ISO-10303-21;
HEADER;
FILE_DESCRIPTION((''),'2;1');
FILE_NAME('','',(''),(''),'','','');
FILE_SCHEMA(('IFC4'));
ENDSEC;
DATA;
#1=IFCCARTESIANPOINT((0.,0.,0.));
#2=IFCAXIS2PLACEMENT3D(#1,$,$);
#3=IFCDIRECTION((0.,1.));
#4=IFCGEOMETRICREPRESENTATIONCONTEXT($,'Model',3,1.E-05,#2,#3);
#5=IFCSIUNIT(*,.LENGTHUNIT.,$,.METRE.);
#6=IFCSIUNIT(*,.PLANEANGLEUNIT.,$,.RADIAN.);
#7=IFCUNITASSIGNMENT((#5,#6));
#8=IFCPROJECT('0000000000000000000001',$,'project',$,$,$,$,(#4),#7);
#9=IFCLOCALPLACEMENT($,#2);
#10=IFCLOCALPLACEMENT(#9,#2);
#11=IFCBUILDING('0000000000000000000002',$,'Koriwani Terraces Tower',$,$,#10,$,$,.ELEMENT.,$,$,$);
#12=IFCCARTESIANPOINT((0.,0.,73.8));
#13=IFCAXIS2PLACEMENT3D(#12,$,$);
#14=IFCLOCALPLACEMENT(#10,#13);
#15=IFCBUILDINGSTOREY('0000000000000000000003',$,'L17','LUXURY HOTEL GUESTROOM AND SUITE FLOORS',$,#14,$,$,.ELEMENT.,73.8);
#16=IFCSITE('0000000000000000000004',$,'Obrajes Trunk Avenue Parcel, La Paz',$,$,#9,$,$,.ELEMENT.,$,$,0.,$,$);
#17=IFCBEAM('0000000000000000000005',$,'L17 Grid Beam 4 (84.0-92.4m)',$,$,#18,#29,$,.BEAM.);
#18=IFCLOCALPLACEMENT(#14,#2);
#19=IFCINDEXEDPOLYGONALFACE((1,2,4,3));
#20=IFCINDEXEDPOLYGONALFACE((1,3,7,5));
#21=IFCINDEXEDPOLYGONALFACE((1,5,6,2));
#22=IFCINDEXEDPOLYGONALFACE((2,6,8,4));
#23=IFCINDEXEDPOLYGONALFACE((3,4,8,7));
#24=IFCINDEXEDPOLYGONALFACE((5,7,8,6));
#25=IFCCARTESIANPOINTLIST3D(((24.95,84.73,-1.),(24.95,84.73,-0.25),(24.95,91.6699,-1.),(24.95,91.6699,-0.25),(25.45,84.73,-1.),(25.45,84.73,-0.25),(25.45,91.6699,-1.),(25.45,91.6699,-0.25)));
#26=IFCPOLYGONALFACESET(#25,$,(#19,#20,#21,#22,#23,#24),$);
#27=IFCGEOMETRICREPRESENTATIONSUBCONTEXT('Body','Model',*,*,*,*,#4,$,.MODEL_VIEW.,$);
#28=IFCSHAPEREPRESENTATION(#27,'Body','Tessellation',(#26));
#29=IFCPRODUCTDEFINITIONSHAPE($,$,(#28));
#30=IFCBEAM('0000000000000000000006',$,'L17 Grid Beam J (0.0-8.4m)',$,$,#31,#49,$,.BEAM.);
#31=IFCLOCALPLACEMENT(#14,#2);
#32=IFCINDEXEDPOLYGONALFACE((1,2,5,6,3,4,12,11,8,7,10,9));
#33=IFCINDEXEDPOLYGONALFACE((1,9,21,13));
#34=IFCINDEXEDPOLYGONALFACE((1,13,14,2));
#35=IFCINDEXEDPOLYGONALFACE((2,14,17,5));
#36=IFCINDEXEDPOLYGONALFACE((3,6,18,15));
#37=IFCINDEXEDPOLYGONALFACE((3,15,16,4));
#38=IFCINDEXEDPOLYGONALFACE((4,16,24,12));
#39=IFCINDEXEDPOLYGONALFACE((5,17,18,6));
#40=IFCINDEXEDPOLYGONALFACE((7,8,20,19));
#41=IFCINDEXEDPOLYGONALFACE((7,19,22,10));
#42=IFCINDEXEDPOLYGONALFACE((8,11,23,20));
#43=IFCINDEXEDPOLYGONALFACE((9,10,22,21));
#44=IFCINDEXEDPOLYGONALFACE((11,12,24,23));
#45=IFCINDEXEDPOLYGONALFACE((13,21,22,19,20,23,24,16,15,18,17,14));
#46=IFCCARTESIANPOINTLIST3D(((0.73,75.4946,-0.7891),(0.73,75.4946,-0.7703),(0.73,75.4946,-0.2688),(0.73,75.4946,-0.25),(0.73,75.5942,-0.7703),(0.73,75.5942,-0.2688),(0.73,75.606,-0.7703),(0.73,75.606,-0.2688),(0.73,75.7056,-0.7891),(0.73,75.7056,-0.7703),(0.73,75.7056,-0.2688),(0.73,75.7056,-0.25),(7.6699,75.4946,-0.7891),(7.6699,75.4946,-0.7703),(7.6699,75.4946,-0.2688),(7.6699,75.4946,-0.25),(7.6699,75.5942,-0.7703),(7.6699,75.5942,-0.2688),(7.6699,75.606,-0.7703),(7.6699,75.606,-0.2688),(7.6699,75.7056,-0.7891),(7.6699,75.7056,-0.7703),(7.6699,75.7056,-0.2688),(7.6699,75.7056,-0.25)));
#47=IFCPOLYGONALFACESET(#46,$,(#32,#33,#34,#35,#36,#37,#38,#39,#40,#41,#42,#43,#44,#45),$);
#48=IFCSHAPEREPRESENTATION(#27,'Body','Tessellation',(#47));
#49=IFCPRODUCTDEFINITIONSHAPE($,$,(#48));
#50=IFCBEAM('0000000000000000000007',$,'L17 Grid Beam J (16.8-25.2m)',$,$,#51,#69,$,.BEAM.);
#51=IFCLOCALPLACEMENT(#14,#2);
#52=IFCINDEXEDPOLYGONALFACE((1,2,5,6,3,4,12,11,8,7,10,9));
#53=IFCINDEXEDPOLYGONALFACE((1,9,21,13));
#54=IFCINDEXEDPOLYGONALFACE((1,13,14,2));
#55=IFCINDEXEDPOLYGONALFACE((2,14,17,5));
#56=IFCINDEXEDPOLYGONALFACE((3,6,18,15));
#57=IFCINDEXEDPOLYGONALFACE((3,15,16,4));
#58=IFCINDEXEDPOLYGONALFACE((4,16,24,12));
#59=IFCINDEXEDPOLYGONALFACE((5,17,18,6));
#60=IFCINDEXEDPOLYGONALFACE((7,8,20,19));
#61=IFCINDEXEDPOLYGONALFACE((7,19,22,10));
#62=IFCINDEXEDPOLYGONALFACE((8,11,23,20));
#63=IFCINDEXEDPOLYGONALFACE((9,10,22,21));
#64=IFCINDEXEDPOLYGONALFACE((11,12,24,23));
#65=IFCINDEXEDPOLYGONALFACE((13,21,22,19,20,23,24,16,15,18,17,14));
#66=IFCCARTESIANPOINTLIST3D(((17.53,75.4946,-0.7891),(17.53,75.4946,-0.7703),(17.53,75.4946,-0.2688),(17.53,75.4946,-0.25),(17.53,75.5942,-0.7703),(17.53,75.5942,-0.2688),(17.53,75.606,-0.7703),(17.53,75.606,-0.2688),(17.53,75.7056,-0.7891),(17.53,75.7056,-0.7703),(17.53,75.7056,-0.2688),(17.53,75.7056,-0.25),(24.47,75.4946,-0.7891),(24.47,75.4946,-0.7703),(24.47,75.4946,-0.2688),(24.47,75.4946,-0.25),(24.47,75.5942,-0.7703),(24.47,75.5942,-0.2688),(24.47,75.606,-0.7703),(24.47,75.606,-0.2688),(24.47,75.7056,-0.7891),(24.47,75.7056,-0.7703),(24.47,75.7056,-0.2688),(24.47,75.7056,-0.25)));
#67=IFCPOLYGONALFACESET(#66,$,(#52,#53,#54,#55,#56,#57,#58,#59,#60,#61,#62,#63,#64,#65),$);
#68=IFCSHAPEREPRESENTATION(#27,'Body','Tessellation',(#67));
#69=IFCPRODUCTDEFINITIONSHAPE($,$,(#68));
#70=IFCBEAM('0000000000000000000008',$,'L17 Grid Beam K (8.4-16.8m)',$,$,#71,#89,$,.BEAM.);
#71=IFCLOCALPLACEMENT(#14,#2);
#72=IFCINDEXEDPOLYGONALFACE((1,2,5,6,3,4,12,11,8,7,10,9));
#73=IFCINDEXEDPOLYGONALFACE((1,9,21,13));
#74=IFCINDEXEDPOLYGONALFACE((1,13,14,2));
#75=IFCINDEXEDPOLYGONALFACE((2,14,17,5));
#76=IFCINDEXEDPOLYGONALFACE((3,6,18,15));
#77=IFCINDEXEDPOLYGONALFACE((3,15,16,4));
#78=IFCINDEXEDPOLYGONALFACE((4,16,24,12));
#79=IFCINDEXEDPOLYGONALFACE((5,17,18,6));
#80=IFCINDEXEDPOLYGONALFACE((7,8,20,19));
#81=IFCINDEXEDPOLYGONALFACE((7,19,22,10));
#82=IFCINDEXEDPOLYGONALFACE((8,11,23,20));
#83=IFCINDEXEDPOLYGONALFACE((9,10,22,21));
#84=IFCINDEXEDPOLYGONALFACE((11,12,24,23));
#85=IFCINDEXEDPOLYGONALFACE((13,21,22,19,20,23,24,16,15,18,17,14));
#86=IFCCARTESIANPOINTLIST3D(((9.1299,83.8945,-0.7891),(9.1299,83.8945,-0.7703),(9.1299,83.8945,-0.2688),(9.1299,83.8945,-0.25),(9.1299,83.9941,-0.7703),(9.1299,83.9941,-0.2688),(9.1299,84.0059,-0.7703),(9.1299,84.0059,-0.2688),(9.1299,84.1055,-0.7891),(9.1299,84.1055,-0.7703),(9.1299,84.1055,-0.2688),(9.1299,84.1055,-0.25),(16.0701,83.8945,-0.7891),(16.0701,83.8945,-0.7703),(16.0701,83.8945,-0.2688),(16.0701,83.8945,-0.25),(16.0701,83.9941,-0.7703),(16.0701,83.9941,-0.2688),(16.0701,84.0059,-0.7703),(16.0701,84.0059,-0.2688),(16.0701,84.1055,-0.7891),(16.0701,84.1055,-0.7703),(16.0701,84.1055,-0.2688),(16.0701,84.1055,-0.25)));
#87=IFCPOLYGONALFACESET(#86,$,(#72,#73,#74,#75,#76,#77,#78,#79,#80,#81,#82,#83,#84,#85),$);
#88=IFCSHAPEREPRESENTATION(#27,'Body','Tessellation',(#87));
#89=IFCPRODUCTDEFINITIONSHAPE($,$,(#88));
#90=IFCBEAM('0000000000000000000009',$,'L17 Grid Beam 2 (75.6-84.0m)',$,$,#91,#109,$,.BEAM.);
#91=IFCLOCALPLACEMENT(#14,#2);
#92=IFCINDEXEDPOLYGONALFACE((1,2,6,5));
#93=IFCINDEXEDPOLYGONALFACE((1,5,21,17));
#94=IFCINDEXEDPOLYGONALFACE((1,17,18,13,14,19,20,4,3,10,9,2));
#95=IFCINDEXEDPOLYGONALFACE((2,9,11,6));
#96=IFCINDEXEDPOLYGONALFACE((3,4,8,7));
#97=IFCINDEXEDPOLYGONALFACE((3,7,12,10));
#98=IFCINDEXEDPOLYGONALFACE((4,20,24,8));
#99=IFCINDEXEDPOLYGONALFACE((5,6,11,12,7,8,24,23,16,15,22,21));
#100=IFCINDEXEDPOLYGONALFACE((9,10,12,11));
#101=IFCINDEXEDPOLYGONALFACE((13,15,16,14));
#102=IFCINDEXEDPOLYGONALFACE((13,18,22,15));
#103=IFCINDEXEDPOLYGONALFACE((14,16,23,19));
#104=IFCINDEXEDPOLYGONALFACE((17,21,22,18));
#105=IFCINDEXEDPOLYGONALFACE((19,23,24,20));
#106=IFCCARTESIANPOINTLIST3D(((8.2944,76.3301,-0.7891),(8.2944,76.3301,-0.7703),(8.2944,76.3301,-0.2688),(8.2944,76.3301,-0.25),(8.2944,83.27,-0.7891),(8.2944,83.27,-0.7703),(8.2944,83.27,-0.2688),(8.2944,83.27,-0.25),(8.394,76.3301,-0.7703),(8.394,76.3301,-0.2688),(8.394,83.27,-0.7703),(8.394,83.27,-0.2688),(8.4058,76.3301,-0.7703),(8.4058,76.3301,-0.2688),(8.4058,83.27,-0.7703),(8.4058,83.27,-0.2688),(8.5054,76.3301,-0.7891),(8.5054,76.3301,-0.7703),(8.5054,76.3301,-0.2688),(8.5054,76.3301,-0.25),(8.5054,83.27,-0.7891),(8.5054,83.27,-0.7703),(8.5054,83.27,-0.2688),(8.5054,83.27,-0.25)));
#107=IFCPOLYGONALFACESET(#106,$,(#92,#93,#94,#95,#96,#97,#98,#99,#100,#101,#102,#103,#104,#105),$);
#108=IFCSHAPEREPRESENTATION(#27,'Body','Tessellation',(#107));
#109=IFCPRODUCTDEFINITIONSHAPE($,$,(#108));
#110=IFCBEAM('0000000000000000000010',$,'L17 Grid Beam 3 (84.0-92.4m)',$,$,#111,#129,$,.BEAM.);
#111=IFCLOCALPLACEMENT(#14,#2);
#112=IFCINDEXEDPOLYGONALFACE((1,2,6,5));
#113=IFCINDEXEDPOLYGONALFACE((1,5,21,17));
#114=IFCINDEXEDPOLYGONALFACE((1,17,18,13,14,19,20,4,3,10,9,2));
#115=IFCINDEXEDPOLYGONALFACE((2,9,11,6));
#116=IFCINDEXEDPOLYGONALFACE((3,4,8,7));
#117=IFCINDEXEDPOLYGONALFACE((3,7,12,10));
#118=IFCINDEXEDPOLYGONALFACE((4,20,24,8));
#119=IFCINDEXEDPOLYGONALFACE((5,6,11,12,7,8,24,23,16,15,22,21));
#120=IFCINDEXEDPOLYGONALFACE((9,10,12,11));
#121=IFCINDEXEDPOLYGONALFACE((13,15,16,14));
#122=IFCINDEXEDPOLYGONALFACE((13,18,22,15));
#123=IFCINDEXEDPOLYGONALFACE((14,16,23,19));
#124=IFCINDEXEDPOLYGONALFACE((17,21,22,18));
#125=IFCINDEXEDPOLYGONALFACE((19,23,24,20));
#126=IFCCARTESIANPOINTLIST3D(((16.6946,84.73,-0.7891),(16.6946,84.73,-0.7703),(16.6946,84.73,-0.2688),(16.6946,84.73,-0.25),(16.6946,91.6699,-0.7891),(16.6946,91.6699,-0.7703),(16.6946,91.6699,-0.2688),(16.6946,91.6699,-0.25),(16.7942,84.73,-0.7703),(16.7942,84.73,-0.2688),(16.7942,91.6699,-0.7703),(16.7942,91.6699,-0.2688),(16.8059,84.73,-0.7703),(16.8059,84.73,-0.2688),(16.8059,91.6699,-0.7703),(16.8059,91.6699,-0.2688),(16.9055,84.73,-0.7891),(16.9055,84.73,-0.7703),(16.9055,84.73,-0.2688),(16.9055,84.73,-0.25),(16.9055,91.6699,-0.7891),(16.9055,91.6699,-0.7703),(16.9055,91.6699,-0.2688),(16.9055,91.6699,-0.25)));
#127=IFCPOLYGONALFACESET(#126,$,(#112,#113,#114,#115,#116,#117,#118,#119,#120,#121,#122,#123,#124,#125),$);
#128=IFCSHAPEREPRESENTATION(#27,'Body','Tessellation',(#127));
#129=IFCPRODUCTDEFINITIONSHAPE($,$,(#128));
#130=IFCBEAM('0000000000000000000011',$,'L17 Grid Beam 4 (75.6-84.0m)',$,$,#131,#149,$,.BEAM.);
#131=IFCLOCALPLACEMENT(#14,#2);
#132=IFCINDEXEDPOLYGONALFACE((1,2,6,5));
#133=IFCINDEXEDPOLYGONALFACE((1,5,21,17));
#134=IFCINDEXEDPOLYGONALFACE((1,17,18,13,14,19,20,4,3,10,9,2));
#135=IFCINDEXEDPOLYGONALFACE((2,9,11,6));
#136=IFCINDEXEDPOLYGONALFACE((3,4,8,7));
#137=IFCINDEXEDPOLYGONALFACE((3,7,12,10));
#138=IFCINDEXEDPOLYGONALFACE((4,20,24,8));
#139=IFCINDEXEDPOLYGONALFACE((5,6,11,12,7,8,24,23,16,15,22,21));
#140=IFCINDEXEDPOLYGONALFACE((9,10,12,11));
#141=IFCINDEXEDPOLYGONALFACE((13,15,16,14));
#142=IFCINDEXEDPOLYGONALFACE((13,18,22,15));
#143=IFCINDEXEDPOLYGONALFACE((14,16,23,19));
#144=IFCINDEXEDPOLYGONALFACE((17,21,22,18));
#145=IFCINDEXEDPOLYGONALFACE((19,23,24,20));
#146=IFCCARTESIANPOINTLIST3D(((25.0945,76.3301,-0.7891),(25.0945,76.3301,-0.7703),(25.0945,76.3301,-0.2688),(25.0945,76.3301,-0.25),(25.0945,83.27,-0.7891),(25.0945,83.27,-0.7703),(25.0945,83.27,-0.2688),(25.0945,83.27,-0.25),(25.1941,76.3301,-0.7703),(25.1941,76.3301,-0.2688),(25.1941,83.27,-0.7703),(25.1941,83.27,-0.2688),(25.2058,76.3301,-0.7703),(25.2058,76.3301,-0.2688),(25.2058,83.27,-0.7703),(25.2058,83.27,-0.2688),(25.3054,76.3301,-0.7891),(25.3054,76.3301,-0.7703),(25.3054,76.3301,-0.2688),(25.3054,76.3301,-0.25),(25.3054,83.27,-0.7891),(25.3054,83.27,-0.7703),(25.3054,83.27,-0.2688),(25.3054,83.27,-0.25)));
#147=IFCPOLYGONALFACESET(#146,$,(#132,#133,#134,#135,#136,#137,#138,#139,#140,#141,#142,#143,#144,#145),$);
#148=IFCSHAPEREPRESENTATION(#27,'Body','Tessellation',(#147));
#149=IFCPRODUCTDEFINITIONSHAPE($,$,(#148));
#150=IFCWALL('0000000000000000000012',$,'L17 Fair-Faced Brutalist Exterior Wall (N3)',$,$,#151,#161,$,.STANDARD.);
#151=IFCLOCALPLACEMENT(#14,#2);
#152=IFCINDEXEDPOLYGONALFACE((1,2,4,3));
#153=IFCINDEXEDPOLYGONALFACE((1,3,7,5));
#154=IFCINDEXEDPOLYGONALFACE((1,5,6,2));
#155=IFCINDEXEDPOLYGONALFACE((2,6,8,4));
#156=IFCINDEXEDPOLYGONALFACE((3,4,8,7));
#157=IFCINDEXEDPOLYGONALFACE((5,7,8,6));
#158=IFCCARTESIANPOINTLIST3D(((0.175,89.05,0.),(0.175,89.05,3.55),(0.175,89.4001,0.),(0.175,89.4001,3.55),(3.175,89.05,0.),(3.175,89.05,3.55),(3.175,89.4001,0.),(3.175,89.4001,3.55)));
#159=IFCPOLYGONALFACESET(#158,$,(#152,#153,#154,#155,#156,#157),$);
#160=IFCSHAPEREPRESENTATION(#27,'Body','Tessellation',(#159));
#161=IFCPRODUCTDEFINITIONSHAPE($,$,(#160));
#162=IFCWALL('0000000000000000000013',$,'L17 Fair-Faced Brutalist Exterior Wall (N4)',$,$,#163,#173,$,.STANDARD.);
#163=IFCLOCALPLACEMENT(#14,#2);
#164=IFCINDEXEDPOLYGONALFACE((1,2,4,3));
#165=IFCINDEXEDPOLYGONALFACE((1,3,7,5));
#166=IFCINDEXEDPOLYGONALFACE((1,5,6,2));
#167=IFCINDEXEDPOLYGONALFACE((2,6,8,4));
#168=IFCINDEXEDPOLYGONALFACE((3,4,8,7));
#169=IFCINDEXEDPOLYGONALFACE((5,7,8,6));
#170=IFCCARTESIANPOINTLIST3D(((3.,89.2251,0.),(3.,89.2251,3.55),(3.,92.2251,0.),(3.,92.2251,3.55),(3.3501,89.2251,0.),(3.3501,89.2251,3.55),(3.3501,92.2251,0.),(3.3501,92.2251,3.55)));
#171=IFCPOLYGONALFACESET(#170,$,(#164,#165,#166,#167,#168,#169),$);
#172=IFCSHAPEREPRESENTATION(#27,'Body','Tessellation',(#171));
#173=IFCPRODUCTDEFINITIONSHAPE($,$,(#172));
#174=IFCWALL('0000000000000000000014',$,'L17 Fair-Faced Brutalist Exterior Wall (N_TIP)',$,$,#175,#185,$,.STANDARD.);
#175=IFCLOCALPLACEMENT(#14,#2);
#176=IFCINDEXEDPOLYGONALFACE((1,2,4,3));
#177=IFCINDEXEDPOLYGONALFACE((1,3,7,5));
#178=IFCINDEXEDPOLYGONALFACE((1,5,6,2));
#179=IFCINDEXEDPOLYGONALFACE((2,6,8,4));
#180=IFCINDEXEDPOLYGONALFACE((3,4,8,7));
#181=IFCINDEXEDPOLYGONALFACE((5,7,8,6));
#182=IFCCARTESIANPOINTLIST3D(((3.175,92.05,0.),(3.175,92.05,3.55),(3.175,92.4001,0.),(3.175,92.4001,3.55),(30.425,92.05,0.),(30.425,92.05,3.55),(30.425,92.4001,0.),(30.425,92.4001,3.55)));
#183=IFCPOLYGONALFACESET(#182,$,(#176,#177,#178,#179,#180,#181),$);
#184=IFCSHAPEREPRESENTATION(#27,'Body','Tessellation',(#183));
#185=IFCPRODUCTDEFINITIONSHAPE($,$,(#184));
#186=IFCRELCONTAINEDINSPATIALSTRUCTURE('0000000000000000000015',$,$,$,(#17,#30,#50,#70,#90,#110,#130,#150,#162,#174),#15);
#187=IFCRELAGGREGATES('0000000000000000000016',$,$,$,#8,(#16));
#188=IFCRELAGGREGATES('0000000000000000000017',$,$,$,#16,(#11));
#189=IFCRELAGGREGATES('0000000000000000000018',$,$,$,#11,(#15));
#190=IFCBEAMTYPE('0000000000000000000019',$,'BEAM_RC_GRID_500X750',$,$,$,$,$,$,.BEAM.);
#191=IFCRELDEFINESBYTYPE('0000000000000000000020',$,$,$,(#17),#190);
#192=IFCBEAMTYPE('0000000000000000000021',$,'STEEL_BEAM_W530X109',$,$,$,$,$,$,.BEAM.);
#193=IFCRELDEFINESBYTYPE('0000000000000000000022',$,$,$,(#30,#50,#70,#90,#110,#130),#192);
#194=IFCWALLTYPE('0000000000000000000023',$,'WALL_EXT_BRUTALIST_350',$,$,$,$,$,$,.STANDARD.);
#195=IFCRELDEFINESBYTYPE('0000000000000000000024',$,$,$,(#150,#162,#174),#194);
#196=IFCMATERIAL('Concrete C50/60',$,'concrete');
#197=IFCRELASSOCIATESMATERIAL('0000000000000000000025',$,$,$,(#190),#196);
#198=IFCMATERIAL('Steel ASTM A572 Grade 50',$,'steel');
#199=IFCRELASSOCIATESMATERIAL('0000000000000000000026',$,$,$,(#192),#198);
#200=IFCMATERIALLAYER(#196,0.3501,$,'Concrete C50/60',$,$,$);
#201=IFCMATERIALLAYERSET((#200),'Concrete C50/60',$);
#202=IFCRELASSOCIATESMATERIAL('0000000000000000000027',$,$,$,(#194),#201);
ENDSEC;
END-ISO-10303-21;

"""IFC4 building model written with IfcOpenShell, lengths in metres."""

from ifc_helpers import new_model, si_unit, direction, frame, frame_2d, origin, origin_2d, place, context, subcontext, project, spatial, rectangle, i_section, extrude, material, layer, layer_set, material_profile, profile_set, type_object, element, save


model = new_model("IFC4")

# Units and contexts
model_context = context("Model", 3, precision=1e-05, world=origin(), true_north=direction((0.0, 1.0)))
body_context = subcontext(model_context, "Body", "Model", "MODEL_VIEW")
ifc_project = project(units=[si_unit("LENGTHUNIT", "METRE"), si_unit("PLANEANGLEUNIT", "RADIAN")], contexts=[model_context])

# Site, building, storey
site_placement = place(None, origin())
site = spatial("IfcSite", under=ifc_project, at=site_placement, Name="Obrajes Trunk Avenue Parcel, La Paz", CompositionType="ELEMENT", RefElevation=0.0)
building_placement = place(site_placement, origin())
building = spatial("IfcBuilding", under=site, at=building_placement, Name="Koriwani Terraces Tower", CompositionType="ELEMENT")
storey_placement = place(building_placement, frame((0.0, 0.0, 73.8)))
storey = spatial("IfcBuildingStorey", under=building, at=storey_placement, Name="L17", Description="LUXURY HOTEL GUESTROOM AND SUITE FLOORS", CompositionType="ELEMENT", Elevation=73.8)

# Beams
ifc_material_1 = material(Name="Concrete C50/60", Category="concrete")
ifc_material_profile_1 = material_profile(ifc_material_1, rectangle(XDim=0.5, YDim=0.75, at=origin_2d()), Name="Concrete C50/60", Category="LoadBearing")
ifc_profile_set_1 = profile_set([ifc_material_profile_1], Name="Concrete C50/60")
beam_type_1 = type_object("IfcBeamType", Name="BEAM_RC_GRID_500X750", PredefinedType="BEAM", material=ifc_profile_set_1)
for number, where, z_axis, x_axis, name in (
    (1, (25.2, 84.73, -0.625), (0.0, 1.0, 0.0), (-1.0, 0.0, 0.0), "L17 Grid Beam 4 (84.0-92.4m)"),
):
    element("IfcBeam", number, at=place(storey_placement, frame(where, z_axis=z_axis, x_axis=x_axis)), inside=storey, type_object=beam_type_1, Name=name, PredefinedType="BEAM", context=body_context, shape_type="SweptSolid", body=[
        extrude(rectangle(XDim=0.5, YDim=0.75, at=origin_2d()), origin(), (0.0, 0.0, 1.0), 6.9399),
    ])
ifc_material_2 = material(Name="Steel ASTM A572 Grade 50", Category="steel")
ifc_material_profile_2 = material_profile(ifc_material_2, i_section(OverallWidth=0.2109, OverallDepth=0.5391, WebThickness=0.0117, FlangeThickness=0.0188, at=origin_2d()), Name="Steel ASTM A572 Grade 50", Category="LoadBearing")
ifc_profile_set_2 = profile_set([ifc_material_profile_2], Name="Steel ASTM A572 Grade 50")
beam_type_2 = type_object("IfcBeamType", Name="STEEL_BEAM_W530X109", PredefinedType="BEAM", material=ifc_profile_set_2)
for number, where, z_axis, x_axis, name in (
    (2, (0.73, 75.6001, -0.5195), (1.0, 0.0, 0.0), (0.0, 1.0, 0.0), "L17 Grid Beam J (0.0-8.4m)"),
    (3, (17.53, 75.6001, -0.5195), (1.0, 0.0, 0.0), (0.0, 1.0, 0.0), "L17 Grid Beam J (16.8-25.2m)"),
):
    element("IfcBeam", number, at=place(storey_placement, frame(where, z_axis=z_axis, x_axis=x_axis)), inside=storey, type_object=beam_type_2, Name=name, PredefinedType="BEAM", context=body_context, shape_type="SweptSolid", body=[
        extrude(i_section(OverallWidth=0.2109, OverallDepth=0.5391, WebThickness=0.0117, FlangeThickness=0.0188, at=origin_2d()), origin(), (0.0, 0.0, 1.0), 6.9399),
    ])
beam_1_placement = place(storey_placement, frame((9.1299, 84.0, -0.5195), z_axis=(1.0, 0.0, 0.0), x_axis=(0.0, 1.0, 0.0)))
element("IfcBeam", 4, at=beam_1_placement, inside=storey, type_object=beam_type_2, Name="L17 Grid Beam K (8.4-16.8m)", PredefinedType="BEAM", context=body_context, shape_type="SweptSolid", body=[
    extrude(i_section(OverallWidth=0.2109, OverallDepth=0.5391, WebThickness=0.0117, FlangeThickness=0.0188, at=origin_2d()), origin(), (0.0, 0.0, 1.0), 6.9402),
])
for number, where, z_axis, x_axis, name in (
    (5, (8.3999, 76.3301, -0.5195), (0.0, 1.0, 0.0), (-1.0, 0.0, 0.0), "L17 Grid Beam 2 (75.6-84.0m)"),
    (6, (16.8, 84.73, -0.5195), (0.0, 1.0, 0.0), (-1.0, 0.0, 0.0), "L17 Grid Beam 3 (84.0-92.4m)"),
    (7, (25.2, 76.3301, -0.5195), (0.0, 1.0, 0.0), (-1.0, 0.0, 0.0), "L17 Grid Beam 4 (75.6-84.0m)"),
):
    element("IfcBeam", number, at=place(storey_placement, frame(where, z_axis=z_axis, x_axis=x_axis)), inside=storey, type_object=beam_type_2, Name=name, PredefinedType="BEAM", context=body_context, shape_type="SweptSolid", body=[
        extrude(i_section(OverallWidth=0.2109, OverallDepth=0.5391, WebThickness=0.0117, FlangeThickness=0.0188, at=origin_2d()), origin(), (0.0, 0.0, 1.0), 6.9399),
    ])

# Walls
ifc_layer = layer(ifc_material_1, 0.3501, Name="Concrete C50/60")
ifc_layer_set = layer_set([ifc_layer], Name="Concrete C50/60")
wall_type = type_object("IfcWallType", Name="WALL_EXT_BRUTALIST_350", PredefinedType="STANDARD", material=ifc_layer_set)
for number, where, z_axis, x_axis, name in (
    (8, (0.175, 89.2251, 0.0), (0.0, 0.0, 1.0), (1.0, 0.0, 0.0), "L17 Fair-Faced Brutalist Exterior Wall (N3)"),
    (9, (3.175, 89.2251, 0.0), (0.0, 0.0, 1.0), (0.0, 1.0, 0.0), "L17 Fair-Faced Brutalist Exterior Wall (N4)"),
):
    element("IfcWall", number, at=place(storey_placement, frame(where, z_axis=z_axis, x_axis=x_axis)), inside=storey, type_object=wall_type, Name=name, PredefinedType="STANDARD", context=body_context, shape_type="SweptSolid", body=[
        extrude(rectangle(XDim=3.0, YDim=0.3501, at=frame_2d((1.5, 0.0))), origin(), (0.0, 0.0, 1.0), 3.55),
    ])
wall_placement = place(storey_placement, frame((3.175, 92.2251, 0.0), z_axis=(0.0, 0.0, 1.0), x_axis=(1.0, 0.0, 0.0)))
element("IfcWall", 10, at=wall_placement, inside=storey, type_object=wall_type, Name="L17 Fair-Faced Brutalist Exterior Wall (N_TIP)", PredefinedType="STANDARD", context=body_context, shape_type="SweptSolid", body=[
    extrude(rectangle(XDim=27.25, YDim=0.3501, at=frame_2d((13.625, 0.0))), origin(), (0.0, 0.0, 1.0), 3.55),
])

save(model, "model.ifc")
